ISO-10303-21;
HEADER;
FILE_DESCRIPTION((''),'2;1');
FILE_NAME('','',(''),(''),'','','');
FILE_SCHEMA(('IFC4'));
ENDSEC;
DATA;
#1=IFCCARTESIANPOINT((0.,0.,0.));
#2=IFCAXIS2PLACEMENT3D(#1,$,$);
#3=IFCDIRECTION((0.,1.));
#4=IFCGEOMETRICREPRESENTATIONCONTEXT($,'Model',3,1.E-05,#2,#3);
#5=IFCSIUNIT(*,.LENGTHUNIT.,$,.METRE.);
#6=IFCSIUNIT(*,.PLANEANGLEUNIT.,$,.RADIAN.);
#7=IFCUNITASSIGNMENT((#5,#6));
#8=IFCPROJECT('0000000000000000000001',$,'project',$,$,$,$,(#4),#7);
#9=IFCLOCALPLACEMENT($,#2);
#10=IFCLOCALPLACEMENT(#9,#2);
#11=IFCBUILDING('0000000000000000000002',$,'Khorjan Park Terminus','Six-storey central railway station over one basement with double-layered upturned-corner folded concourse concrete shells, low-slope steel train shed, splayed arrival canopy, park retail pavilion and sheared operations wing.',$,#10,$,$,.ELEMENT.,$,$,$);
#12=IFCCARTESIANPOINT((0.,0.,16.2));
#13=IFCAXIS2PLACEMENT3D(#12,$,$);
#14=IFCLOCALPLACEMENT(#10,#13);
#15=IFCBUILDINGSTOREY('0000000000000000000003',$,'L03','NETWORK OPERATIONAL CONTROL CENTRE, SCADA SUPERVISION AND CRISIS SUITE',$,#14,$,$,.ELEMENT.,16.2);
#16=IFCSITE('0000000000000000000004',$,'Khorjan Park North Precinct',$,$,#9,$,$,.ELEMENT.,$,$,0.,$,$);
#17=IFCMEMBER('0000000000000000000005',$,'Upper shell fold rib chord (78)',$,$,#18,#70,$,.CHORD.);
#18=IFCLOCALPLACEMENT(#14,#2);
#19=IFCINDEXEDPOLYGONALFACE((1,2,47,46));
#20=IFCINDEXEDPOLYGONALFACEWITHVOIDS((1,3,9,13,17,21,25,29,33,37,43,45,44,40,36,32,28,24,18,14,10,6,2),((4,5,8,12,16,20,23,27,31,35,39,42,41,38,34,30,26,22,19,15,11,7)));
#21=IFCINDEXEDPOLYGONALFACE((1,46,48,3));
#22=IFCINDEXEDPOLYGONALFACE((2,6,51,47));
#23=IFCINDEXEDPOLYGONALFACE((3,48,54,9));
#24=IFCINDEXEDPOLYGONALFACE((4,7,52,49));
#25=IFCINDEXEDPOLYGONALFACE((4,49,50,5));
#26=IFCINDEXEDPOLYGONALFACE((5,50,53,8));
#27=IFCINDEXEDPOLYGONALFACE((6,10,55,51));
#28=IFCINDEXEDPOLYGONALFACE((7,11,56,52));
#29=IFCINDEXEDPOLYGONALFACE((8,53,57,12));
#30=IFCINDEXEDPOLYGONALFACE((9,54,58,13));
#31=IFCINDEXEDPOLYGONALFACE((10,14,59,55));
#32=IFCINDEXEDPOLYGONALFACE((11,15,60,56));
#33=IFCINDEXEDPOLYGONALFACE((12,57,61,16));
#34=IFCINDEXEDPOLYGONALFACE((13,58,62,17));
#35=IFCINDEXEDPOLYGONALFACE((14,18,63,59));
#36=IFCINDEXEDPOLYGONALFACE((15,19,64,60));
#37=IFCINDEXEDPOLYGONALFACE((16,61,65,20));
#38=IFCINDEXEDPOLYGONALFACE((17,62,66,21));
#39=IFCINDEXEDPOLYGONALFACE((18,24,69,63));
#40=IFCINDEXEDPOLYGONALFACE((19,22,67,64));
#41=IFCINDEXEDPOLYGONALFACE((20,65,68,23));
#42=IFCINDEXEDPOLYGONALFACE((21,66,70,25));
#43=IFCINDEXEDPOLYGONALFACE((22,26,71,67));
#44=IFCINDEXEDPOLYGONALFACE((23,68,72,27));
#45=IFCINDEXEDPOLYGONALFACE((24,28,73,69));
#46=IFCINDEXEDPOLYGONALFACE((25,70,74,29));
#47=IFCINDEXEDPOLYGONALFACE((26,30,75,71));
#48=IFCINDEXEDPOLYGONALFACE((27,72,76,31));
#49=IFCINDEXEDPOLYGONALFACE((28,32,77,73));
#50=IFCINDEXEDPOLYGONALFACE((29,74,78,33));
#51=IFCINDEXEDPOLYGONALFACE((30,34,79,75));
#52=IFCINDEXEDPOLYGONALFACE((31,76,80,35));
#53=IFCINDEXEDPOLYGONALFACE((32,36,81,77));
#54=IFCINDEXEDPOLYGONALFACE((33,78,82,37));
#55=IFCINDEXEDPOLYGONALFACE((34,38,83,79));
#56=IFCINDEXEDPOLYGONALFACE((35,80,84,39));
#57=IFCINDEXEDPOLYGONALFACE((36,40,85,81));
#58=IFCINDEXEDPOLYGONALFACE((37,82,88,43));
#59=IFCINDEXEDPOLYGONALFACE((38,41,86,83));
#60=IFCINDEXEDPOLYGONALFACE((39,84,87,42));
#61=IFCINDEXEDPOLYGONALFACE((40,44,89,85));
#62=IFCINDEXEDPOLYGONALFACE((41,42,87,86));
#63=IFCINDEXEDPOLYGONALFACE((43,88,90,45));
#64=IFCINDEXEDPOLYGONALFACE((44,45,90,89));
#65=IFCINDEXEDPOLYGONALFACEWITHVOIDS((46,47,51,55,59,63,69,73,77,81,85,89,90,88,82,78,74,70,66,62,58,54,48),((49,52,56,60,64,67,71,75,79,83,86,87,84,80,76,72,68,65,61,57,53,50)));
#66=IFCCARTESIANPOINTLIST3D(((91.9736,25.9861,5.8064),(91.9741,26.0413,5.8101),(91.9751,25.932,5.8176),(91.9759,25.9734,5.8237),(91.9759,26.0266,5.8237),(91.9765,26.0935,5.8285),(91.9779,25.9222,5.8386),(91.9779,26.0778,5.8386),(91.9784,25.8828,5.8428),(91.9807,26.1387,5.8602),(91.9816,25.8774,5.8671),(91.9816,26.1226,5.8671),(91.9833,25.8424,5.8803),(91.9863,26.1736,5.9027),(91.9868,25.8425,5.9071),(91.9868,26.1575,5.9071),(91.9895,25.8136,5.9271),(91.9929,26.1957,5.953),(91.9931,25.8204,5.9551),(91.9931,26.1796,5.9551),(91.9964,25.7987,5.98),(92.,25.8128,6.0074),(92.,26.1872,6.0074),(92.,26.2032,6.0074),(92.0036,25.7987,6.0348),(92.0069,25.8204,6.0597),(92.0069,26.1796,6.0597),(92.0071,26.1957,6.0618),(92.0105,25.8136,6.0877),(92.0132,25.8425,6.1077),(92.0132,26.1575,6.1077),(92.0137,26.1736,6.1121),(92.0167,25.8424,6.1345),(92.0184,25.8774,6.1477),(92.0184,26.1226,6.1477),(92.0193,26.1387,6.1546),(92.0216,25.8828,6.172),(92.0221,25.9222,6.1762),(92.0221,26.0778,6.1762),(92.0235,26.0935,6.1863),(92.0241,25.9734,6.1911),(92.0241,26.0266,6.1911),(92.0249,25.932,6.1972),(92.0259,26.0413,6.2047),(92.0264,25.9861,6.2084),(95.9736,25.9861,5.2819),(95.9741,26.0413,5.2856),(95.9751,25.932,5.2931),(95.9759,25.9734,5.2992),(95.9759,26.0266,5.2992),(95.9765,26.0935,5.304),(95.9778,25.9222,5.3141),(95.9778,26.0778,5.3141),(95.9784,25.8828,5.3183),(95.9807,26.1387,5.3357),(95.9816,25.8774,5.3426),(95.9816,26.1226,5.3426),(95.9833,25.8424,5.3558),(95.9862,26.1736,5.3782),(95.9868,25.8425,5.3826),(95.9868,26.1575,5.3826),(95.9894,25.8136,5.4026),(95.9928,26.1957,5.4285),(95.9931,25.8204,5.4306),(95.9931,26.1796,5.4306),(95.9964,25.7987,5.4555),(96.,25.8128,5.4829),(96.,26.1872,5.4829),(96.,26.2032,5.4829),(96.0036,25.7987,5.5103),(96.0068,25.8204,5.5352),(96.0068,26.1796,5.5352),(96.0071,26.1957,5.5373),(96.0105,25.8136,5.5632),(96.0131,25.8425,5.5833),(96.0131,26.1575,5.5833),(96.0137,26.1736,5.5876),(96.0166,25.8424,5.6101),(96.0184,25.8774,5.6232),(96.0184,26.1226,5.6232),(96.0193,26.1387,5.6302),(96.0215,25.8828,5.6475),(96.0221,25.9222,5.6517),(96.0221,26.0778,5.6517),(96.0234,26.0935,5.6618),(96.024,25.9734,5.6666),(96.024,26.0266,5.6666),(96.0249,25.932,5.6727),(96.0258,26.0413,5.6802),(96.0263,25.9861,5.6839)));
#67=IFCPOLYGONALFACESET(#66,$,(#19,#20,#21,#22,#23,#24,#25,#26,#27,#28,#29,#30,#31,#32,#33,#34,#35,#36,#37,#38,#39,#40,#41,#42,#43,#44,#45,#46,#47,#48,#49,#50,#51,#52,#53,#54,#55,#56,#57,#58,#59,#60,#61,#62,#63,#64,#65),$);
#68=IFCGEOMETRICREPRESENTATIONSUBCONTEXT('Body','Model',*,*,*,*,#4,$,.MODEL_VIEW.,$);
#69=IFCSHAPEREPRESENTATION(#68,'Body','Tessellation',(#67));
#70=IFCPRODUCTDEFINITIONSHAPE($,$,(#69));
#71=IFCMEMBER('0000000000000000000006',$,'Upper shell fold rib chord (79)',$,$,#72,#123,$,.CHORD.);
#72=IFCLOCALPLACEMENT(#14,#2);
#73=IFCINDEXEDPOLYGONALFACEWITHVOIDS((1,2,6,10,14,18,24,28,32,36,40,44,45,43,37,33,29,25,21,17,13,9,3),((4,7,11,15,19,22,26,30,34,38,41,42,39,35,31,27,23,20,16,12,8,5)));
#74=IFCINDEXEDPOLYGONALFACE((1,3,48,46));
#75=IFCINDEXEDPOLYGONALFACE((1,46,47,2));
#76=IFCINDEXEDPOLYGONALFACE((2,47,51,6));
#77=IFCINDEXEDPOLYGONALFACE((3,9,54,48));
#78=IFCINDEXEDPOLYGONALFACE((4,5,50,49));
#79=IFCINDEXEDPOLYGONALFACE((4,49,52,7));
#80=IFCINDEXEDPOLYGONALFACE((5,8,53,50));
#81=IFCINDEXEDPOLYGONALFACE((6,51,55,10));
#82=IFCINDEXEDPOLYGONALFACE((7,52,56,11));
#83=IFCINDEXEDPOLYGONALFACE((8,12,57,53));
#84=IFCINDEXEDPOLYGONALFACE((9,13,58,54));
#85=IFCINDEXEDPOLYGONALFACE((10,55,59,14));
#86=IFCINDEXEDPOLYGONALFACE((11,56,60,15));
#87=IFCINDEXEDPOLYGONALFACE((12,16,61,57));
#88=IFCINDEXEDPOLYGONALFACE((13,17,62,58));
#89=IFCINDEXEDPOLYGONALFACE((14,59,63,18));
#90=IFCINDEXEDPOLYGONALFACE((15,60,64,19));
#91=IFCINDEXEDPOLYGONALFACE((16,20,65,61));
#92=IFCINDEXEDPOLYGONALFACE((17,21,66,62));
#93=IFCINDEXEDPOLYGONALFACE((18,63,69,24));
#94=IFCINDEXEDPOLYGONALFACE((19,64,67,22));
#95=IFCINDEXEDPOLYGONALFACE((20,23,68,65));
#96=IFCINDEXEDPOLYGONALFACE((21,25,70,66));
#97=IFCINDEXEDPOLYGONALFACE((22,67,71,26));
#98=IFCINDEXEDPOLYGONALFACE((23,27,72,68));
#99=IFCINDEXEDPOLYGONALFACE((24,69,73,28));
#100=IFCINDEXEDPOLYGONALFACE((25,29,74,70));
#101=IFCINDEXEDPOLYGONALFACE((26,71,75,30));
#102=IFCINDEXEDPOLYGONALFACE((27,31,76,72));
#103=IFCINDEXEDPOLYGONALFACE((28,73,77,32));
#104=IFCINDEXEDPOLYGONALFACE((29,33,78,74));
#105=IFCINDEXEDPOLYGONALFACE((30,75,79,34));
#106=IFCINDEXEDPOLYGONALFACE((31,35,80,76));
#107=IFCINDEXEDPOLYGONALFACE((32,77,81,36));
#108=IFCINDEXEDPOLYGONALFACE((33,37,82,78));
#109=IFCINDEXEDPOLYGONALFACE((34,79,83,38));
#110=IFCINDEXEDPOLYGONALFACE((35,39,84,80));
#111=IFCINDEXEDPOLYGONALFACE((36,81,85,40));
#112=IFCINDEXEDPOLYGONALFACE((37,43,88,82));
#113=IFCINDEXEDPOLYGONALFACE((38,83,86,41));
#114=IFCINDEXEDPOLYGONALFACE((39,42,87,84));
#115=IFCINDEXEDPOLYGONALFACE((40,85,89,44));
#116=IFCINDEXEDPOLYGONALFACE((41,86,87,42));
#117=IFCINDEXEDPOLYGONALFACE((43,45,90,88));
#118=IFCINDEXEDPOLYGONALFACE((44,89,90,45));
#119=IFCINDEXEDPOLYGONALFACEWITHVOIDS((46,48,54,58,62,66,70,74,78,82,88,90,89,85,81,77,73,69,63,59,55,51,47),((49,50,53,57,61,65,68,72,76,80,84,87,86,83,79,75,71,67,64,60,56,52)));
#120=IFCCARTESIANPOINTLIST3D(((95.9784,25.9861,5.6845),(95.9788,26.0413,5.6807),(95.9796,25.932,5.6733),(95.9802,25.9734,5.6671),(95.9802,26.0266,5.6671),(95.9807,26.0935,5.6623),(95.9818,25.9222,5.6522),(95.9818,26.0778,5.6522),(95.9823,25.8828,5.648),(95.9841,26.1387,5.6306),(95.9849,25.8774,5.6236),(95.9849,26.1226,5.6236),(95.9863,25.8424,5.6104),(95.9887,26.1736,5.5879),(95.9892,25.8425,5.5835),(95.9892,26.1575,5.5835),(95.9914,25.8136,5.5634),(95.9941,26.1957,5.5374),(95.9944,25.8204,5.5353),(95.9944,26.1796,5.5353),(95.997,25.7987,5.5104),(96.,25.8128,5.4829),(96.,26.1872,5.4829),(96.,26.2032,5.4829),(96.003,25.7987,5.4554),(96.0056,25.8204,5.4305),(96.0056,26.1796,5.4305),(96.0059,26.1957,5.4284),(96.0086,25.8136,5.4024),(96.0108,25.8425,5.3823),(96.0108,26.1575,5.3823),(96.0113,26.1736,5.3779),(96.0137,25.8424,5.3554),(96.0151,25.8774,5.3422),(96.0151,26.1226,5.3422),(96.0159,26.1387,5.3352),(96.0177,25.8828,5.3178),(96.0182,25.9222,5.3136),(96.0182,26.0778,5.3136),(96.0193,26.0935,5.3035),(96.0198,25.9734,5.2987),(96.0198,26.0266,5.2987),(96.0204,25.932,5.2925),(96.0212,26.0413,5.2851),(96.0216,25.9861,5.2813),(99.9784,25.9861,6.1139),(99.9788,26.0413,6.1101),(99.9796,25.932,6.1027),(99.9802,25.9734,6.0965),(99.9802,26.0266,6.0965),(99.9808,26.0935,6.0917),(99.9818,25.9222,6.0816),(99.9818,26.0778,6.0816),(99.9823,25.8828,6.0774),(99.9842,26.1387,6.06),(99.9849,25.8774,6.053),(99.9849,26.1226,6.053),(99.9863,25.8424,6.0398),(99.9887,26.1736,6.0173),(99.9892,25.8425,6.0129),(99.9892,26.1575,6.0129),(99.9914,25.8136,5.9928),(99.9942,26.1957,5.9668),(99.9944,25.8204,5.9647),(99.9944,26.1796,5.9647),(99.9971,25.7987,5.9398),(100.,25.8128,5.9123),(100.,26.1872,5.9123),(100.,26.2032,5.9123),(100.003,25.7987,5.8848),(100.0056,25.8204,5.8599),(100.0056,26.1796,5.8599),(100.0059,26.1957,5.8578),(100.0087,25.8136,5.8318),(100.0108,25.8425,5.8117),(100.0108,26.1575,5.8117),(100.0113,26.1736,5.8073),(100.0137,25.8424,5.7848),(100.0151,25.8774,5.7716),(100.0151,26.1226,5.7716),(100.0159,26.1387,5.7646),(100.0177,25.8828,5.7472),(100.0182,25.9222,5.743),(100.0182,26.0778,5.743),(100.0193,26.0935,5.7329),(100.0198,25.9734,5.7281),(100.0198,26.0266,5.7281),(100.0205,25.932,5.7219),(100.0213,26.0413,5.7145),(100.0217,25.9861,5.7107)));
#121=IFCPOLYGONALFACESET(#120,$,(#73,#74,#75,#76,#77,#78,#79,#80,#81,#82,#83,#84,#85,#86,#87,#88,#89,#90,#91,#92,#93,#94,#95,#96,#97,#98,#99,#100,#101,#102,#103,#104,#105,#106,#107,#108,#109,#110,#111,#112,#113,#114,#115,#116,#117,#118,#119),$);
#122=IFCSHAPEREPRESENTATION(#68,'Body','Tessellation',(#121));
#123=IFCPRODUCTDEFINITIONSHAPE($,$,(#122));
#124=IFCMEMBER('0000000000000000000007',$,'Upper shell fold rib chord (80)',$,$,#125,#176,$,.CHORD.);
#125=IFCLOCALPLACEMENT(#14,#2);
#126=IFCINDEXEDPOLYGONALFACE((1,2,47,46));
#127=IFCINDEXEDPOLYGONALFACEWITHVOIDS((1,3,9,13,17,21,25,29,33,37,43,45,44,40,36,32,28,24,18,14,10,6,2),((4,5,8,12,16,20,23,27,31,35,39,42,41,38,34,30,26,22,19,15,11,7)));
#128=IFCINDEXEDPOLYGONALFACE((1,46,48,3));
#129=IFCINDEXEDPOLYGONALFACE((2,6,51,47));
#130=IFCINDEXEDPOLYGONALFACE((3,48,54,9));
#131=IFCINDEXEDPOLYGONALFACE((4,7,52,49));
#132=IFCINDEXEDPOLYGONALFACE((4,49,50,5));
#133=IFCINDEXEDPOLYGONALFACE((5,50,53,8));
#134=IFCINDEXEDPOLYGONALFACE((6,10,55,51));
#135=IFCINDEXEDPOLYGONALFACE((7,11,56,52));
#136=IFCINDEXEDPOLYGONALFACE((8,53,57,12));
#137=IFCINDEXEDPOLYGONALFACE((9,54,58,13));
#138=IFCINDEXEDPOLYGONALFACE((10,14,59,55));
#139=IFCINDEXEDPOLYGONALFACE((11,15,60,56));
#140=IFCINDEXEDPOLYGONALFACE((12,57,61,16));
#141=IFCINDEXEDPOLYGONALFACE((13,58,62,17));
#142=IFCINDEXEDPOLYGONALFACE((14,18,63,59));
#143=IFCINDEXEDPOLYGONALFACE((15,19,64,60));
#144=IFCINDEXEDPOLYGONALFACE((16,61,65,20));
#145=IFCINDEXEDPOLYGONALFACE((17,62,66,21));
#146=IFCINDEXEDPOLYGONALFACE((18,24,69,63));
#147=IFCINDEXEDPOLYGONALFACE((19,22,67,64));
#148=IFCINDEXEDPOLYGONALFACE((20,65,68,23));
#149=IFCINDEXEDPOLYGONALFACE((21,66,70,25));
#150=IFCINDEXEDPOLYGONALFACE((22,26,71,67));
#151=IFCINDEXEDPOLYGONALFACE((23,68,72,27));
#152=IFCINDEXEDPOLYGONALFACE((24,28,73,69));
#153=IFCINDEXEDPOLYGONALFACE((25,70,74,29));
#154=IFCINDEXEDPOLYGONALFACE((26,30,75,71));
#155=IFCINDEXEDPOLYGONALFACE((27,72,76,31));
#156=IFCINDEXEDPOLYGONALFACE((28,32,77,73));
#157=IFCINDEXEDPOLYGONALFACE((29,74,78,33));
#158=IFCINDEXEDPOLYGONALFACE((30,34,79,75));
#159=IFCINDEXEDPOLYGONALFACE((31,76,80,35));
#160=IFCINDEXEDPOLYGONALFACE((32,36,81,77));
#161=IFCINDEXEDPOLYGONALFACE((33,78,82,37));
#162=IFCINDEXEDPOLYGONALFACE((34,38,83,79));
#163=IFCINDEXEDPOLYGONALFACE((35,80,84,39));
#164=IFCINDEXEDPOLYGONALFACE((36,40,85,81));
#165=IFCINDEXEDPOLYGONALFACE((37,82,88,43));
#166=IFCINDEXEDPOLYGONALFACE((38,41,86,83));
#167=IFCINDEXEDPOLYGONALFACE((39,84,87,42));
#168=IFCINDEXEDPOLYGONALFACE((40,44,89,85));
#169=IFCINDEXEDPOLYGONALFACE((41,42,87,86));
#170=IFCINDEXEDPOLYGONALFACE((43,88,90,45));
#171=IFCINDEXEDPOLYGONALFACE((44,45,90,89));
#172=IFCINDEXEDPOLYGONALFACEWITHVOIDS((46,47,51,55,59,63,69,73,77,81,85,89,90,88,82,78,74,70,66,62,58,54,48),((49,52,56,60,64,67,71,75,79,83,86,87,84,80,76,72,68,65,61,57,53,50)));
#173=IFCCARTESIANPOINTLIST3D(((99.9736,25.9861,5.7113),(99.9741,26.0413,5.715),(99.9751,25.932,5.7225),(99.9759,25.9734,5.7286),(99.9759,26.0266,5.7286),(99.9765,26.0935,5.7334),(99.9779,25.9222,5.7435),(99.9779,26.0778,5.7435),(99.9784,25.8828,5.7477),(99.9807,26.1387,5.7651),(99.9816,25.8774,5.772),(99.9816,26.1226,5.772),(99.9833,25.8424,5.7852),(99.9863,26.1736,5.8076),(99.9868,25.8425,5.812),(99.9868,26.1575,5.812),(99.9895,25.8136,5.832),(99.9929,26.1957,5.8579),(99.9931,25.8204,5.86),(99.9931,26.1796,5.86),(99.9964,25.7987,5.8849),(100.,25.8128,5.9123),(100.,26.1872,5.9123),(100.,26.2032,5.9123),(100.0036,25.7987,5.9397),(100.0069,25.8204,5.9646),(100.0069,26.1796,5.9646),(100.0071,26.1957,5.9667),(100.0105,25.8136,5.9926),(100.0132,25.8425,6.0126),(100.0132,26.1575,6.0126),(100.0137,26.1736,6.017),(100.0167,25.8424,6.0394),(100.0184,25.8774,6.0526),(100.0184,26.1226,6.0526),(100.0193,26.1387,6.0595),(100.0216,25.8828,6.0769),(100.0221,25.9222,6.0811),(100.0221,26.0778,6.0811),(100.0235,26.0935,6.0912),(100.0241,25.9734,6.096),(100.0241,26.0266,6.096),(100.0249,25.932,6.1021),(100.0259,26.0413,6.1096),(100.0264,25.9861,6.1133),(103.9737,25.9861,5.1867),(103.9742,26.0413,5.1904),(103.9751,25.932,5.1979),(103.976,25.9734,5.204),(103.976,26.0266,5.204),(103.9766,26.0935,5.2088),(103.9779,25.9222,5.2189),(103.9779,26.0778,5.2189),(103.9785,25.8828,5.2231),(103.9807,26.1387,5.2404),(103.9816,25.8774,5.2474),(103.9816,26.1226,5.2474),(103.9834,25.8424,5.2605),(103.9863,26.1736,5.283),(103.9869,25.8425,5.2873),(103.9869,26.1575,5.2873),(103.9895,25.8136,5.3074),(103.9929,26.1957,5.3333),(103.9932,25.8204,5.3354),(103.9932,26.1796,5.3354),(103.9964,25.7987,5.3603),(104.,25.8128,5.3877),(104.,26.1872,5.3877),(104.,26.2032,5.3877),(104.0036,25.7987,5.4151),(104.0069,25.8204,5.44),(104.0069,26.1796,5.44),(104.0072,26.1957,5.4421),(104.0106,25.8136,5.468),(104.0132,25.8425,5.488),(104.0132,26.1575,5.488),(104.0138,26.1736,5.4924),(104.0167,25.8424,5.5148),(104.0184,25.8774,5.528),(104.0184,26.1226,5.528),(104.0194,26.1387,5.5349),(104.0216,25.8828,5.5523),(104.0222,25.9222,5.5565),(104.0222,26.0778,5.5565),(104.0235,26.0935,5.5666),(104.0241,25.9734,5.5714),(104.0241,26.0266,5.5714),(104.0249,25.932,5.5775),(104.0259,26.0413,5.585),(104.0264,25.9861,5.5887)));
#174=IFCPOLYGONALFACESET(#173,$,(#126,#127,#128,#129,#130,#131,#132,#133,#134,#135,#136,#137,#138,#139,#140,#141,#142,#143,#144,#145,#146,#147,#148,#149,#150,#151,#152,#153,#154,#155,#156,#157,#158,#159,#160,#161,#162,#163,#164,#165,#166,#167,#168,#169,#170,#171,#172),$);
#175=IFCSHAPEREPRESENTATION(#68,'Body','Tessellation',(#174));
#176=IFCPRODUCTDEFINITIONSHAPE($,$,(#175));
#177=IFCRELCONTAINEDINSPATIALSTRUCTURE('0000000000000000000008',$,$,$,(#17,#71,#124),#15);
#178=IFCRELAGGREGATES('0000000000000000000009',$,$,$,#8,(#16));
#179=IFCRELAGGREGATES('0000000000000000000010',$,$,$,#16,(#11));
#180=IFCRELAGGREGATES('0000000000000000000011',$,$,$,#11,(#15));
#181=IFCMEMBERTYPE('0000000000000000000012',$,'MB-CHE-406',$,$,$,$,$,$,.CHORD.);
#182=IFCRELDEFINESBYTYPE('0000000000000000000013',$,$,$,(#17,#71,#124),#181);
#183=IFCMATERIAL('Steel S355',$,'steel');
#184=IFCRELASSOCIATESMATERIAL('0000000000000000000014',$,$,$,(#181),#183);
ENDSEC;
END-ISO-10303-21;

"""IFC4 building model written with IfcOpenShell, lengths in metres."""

from ifc_helpers import new_model, si_unit, direction, frame, origin, origin_2d, place, context, subcontext, project, spatial, hollow_circle, extrude, material, material_profile, profile_set, type_object, element, save


model = new_model("IFC4")

# Units and contexts
model_context = context("Model", 3, precision=1e-05, world=origin(), true_north=direction((0.0, 1.0)))
body_context = subcontext(model_context, "Body", "Model", "MODEL_VIEW")
ifc_project = project(units=[si_unit("LENGTHUNIT", "METRE"), si_unit("PLANEANGLEUNIT", "RADIAN")], contexts=[model_context])

# Site, building, storey
site_placement = place(None, origin())
site = spatial("IfcSite", under=ifc_project, at=site_placement, Name="Khorjan Park North Precinct", CompositionType="ELEMENT", RefElevation=0.0)
building_placement = place(site_placement, origin())
building = spatial("IfcBuilding", under=site, at=building_placement, Name="Khorjan Park Terminus", Description="Six-storey central railway station over one basement with double-layered upturned-corner folded concourse concrete shells, low-slope steel train shed, splayed arrival canopy, park retail pavilion and sheared operations wing.", CompositionType="ELEMENT")
storey_placement = place(building_placement, frame((0.0, 0.0, 16.2)))
storey = spatial("IfcBuildingStorey", under=building, at=storey_placement, Name="L03", Description="NETWORK OPERATIONAL CONTROL CENTRE, SCADA SUPERVISION AND CRISIS SUITE", CompositionType="ELEMENT", Elevation=16.2)

# Members
ifc_material_1 = material(Name="Steel S355", Category="steel")
ifc_material_profile_1 = material_profile(ifc_material_1, hollow_circle(Radius=0.2032, WallThickness=0.016, at=origin_2d()), Name="CHS 406.4x16")
ifc_profile_set_1 = profile_set([ifc_material_profile_1], Name="Steel S355")
member_type_1 = type_object("IfcMemberType", Name="MB-CHE-406", PredefinedType="CHORD", material=ifc_profile_set_1)
member_1_placement = place(storey_placement, frame((92.0, 26.0, 6.0074), z_axis=(0.991512, 0.0, -0.130012), x_axis=(0.0, 1.0, 0.0)))
element("IfcMember", 1, at=member_1_placement, inside=storey, type_object=member_type_1, Name="Upper shell fold rib chord (78)", PredefinedType="CHORD", context=body_context, shape_type="SweptSolid", body=[
    extrude(hollow_circle(Radius=0.2032, WallThickness=0.016, at=origin_2d()), origin(), (0.0, 0.0, 1.0), 4.0342),
])
member_2_placement = place(storey_placement, frame((96.0, 26.0, 5.4829), z_axis=(0.994287, 0.0, 0.106737), x_axis=(0.0, 1.0, 0.0)))
element("IfcMember", 2, at=member_2_placement, inside=storey, type_object=member_type_1, Name="Upper shell fold rib chord (79)", PredefinedType="CHORD", context=body_context, shape_type="SweptSolid", body=[
    extrude(hollow_circle(Radius=0.2032, WallThickness=0.016, at=origin_2d()), origin(), (0.0, 0.0, 1.0), 4.023),
])
member_3_placement = place(storey_placement, frame((100.0, 26.0, 5.9123), z_axis=(0.991509, 0.0, -0.130036), x_axis=(0.0, 1.0, 0.0)))
element("IfcMember", 3, at=member_3_placement, inside=storey, type_object=member_type_1, Name="Upper shell fold rib chord (80)", PredefinedType="CHORD", context=body_context, shape_type="SweptSolid", body=[
    extrude(hollow_circle(Radius=0.2032, WallThickness=0.016, at=origin_2d()), origin(), (0.0, 0.0, 1.0), 4.0343),
])

save(model, "model.ifc")
